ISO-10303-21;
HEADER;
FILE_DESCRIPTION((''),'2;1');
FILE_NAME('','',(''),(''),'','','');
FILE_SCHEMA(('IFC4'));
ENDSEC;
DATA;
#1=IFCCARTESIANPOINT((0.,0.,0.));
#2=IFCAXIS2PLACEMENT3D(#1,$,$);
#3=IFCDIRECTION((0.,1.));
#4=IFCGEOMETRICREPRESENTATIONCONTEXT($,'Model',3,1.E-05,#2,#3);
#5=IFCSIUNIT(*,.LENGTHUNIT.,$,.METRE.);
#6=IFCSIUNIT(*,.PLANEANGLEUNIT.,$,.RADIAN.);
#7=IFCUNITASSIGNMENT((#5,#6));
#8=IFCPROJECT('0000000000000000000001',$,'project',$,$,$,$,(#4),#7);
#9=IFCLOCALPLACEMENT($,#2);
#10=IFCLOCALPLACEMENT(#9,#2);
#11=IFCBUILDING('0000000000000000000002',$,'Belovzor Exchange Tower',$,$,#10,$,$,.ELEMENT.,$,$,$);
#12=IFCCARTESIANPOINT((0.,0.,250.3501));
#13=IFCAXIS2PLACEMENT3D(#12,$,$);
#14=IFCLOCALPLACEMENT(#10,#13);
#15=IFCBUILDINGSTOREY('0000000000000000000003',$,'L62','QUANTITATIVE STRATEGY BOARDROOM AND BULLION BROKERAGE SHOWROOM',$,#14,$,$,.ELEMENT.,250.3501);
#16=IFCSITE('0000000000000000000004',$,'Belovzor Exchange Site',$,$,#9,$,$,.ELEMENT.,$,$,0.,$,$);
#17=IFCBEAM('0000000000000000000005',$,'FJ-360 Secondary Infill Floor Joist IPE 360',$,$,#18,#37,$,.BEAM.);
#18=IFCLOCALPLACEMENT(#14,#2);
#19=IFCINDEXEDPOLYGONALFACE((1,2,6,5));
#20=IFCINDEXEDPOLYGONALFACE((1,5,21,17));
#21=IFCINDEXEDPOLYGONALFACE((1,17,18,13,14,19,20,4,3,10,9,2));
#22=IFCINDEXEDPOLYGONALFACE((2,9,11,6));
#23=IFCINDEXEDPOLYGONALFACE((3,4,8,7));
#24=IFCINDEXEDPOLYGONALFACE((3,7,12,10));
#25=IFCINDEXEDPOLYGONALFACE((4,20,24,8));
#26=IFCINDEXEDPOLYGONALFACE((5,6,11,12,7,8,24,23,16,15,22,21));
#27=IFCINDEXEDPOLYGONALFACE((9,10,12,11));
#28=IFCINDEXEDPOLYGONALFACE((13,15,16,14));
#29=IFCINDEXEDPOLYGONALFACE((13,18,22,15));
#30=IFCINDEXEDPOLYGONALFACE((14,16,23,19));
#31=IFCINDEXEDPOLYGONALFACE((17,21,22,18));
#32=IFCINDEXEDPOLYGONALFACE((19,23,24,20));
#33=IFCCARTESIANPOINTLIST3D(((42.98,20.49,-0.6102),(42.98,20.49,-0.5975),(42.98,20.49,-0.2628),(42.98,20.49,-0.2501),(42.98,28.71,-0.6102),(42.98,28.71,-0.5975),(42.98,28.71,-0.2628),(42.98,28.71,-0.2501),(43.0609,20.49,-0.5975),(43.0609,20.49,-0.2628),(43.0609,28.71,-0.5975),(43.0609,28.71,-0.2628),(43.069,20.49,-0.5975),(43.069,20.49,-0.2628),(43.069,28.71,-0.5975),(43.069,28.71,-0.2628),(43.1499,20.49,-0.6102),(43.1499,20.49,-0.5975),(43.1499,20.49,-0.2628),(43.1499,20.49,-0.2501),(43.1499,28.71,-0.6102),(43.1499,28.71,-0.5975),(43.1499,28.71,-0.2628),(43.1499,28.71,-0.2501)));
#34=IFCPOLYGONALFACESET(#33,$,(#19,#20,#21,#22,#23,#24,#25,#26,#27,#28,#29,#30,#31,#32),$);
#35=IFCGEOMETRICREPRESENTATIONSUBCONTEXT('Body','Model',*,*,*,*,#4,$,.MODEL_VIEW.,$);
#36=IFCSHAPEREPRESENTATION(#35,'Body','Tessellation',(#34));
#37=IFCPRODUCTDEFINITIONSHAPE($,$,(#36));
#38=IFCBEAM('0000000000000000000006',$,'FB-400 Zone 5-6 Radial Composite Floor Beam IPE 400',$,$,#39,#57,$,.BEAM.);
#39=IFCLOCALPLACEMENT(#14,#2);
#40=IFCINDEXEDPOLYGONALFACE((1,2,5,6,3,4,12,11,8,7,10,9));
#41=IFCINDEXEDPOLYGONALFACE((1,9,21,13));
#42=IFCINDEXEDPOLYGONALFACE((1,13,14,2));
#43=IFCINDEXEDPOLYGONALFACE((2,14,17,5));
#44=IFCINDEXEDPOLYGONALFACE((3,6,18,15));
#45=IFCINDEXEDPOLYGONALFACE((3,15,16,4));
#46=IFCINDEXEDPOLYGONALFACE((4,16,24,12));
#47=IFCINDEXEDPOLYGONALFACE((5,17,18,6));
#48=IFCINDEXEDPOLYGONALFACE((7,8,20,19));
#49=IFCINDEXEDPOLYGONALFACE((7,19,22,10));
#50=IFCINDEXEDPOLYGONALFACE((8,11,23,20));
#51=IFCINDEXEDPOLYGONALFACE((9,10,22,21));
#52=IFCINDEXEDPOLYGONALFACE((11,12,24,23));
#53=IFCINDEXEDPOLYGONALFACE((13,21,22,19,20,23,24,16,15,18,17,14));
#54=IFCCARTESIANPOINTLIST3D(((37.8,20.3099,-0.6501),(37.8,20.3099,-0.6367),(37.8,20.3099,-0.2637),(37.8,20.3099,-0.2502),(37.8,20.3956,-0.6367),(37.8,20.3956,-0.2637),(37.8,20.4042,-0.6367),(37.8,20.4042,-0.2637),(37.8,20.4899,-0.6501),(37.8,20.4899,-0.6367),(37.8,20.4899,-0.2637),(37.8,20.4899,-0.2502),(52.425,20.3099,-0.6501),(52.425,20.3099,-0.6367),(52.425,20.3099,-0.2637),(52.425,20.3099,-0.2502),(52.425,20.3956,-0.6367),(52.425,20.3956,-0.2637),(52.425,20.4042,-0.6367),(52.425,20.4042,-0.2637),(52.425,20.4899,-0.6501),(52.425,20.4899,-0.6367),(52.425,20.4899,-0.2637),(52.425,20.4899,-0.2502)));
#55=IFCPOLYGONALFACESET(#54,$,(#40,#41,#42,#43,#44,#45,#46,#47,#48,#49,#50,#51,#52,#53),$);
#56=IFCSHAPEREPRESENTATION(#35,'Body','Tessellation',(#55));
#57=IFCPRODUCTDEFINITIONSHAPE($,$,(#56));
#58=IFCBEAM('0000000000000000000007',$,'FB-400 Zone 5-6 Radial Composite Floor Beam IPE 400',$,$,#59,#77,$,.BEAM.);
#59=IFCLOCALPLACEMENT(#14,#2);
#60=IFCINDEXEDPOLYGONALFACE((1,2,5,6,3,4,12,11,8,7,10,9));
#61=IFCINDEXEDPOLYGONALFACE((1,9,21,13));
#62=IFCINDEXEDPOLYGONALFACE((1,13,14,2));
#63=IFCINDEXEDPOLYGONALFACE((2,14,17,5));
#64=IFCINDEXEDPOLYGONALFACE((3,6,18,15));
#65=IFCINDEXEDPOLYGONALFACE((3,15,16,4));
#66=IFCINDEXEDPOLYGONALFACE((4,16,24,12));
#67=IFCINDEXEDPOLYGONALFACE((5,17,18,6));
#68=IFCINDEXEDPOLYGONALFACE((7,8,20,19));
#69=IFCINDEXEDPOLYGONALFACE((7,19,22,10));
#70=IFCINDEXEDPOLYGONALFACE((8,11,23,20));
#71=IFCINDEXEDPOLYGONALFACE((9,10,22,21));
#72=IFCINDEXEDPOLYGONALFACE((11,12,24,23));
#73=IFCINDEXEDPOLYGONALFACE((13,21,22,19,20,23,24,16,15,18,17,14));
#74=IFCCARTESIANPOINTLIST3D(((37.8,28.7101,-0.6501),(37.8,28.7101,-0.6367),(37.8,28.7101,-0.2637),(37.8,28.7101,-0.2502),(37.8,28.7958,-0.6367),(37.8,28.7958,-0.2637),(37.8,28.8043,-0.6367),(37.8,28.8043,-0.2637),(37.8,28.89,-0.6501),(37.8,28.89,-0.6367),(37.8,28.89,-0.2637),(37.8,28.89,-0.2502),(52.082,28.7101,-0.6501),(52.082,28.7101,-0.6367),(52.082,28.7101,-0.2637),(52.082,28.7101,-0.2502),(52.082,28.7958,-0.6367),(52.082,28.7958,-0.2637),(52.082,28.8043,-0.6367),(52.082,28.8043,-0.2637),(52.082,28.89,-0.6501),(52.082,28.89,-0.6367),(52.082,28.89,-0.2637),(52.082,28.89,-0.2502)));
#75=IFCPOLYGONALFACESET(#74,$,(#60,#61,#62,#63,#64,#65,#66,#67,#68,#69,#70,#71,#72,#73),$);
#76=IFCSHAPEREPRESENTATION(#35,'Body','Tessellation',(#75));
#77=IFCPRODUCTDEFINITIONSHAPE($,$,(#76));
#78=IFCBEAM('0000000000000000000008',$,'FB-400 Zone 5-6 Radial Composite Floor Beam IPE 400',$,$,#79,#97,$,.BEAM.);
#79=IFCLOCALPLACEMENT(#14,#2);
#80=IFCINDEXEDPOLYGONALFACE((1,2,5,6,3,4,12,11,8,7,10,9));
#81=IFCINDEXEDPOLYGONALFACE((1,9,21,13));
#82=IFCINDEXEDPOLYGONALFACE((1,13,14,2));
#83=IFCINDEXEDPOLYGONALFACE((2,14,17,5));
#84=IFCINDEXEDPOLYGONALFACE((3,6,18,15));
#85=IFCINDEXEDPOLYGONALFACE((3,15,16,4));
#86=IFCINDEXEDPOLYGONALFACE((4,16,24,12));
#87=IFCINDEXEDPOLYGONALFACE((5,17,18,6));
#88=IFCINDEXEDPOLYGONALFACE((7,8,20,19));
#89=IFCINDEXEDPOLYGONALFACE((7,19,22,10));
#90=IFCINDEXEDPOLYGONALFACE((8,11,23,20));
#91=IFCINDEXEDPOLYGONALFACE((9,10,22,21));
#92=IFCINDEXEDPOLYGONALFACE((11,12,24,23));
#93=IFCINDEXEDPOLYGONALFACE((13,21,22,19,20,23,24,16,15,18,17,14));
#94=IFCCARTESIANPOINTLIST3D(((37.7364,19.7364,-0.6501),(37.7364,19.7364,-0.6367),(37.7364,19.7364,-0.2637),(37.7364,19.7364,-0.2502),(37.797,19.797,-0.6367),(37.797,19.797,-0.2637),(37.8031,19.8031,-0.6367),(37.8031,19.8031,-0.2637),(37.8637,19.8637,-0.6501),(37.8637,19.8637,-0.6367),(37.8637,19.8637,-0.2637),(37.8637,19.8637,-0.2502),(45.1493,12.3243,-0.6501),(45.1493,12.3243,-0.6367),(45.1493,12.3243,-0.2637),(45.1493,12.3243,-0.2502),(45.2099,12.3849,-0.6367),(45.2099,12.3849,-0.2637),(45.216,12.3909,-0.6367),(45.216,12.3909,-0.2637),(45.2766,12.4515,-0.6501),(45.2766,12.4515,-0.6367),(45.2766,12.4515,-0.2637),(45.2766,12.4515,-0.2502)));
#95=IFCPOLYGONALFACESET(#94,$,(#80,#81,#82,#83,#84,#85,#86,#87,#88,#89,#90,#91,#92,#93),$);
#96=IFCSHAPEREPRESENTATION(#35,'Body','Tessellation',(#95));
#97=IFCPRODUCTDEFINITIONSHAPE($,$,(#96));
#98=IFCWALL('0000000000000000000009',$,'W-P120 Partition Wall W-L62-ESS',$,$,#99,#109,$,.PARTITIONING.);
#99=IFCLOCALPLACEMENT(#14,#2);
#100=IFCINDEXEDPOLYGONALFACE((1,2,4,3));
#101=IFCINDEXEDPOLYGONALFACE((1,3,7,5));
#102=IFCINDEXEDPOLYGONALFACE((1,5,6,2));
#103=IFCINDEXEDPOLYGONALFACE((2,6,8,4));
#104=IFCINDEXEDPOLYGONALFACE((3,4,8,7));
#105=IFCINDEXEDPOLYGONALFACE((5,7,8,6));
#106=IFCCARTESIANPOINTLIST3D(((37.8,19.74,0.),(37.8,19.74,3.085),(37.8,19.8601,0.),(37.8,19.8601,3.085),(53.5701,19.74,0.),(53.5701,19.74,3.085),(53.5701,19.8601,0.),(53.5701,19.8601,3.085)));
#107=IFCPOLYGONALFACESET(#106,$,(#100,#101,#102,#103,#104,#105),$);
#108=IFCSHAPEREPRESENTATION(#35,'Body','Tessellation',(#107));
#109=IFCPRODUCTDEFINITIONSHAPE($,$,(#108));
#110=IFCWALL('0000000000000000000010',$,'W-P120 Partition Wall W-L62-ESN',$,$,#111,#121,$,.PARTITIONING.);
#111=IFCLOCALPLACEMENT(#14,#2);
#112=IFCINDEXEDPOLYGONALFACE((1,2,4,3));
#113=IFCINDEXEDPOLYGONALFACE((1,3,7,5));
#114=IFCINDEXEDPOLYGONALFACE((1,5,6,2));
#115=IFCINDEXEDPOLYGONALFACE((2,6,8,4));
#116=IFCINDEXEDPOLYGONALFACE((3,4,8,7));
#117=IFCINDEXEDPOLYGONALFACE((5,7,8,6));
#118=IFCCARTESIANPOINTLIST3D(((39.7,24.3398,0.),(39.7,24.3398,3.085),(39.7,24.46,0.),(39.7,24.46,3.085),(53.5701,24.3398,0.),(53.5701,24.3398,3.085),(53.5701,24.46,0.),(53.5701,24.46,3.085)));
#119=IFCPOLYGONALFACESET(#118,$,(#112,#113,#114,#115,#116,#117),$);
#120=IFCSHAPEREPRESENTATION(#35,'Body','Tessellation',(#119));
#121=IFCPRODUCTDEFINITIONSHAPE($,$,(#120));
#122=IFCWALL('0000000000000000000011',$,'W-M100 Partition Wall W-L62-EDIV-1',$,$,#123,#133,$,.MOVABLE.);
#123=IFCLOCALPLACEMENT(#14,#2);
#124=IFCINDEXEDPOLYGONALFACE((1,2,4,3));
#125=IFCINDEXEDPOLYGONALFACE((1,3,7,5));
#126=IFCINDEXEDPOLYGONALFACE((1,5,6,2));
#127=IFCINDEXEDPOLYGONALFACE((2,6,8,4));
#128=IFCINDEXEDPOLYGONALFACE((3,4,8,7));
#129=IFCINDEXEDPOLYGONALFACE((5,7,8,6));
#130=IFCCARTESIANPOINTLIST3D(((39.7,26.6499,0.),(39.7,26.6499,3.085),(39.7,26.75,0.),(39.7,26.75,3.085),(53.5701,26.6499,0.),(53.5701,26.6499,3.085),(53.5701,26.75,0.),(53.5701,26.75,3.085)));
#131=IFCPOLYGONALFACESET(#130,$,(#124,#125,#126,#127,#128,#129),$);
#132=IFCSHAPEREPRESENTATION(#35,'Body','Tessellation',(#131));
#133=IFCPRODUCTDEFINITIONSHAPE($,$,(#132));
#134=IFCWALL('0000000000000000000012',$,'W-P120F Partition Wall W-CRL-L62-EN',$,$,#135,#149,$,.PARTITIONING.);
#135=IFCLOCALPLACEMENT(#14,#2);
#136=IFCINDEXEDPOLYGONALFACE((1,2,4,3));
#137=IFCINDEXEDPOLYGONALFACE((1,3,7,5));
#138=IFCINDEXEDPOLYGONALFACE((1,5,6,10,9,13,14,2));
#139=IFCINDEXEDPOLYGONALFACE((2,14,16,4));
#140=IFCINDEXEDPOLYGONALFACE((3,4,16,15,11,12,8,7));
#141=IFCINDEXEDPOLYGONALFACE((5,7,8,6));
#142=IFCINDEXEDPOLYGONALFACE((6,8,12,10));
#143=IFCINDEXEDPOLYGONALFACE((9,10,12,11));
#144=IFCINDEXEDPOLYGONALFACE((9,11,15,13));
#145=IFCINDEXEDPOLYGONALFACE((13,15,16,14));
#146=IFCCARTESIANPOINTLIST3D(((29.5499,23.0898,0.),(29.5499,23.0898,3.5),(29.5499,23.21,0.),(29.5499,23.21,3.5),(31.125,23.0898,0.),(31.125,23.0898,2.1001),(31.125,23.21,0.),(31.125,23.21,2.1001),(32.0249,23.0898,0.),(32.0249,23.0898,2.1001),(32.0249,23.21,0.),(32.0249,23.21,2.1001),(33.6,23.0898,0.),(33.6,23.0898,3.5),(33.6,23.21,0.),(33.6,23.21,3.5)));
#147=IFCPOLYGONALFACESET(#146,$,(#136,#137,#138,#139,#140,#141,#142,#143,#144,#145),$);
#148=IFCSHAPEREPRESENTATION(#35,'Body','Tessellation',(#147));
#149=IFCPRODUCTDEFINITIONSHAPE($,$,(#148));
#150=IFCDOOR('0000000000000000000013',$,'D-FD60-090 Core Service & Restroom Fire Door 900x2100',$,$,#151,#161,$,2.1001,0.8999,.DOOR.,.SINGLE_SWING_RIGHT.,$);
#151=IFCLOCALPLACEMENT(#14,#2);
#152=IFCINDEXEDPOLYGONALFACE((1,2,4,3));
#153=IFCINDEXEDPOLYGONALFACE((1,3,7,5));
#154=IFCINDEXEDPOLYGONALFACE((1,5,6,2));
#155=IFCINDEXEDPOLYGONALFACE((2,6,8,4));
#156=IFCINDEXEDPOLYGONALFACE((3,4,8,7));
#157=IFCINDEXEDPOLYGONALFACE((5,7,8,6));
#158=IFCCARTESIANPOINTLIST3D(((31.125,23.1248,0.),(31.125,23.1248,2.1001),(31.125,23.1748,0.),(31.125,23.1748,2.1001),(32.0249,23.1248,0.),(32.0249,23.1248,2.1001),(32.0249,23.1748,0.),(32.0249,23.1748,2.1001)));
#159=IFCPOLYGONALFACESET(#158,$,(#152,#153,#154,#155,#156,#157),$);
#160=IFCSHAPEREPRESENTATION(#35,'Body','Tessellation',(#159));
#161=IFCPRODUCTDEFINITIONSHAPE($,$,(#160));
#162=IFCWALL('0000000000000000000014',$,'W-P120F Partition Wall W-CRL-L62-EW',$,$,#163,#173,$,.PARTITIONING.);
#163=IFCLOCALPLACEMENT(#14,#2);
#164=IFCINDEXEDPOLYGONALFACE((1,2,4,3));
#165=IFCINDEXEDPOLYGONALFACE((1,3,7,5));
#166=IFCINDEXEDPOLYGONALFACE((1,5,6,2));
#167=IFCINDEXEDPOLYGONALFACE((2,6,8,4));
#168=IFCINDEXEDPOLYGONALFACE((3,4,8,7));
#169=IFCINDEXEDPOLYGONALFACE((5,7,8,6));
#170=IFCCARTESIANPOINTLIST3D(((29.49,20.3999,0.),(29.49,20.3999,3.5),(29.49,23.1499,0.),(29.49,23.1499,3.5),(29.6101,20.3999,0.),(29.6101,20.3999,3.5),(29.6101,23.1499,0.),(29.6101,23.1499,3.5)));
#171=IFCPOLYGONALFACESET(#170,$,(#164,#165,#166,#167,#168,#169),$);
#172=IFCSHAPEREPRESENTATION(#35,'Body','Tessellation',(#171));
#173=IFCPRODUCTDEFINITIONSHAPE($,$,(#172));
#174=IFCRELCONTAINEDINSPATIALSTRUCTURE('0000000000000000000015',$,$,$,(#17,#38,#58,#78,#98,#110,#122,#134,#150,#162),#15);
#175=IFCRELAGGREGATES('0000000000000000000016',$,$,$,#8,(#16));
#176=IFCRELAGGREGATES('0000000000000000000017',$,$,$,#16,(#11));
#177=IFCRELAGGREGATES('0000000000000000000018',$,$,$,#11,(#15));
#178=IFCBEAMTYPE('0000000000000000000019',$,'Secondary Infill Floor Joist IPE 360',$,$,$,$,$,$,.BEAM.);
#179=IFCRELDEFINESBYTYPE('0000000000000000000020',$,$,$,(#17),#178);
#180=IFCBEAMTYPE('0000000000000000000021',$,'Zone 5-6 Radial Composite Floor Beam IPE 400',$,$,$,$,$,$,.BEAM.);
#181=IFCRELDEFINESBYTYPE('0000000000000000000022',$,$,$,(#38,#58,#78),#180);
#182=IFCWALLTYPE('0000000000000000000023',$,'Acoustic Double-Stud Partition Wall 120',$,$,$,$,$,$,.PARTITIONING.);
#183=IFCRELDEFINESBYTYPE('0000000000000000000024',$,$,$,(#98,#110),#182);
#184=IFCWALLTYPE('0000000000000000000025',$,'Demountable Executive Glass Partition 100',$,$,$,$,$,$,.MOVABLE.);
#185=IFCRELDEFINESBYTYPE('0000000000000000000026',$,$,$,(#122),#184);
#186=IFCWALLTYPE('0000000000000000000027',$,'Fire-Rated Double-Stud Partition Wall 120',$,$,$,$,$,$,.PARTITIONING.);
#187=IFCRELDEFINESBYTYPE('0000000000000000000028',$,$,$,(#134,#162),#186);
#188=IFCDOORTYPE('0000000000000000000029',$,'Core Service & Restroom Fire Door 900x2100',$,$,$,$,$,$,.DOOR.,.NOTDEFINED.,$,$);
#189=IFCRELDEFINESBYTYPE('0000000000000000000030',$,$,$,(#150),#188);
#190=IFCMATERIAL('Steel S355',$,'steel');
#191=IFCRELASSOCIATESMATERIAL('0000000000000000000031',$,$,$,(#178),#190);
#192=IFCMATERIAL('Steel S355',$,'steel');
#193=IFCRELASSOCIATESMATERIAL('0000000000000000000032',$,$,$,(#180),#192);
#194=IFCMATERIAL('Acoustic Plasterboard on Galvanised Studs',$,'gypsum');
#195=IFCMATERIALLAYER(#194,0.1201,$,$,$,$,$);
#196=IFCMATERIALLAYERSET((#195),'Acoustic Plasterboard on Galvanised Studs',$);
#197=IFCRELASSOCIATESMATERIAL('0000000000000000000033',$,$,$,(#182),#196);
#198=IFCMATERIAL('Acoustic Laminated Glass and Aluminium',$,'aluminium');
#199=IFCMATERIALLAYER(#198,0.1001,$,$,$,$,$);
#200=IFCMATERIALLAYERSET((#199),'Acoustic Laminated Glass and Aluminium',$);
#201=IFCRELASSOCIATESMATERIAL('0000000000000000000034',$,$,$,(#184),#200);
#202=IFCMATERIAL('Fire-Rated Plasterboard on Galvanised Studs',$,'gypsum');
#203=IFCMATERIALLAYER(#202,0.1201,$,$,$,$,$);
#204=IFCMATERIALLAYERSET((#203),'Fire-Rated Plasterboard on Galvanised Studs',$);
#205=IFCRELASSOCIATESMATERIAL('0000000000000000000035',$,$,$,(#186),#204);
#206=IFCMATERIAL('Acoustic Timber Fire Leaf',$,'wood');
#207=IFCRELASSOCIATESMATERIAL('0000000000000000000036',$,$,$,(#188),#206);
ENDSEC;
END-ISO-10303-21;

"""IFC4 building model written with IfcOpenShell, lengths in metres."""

from ifc_helpers import new_model, si_unit, direction, frame, frame_2d, origin, origin_2d, place, context, subcontext, project, spatial, rectangle, i_section, extrude, material, layer, layer_set, material_profile, profile_set, type_object, element, fill, save


model = new_model("IFC4")

# Units and contexts
model_context = context("Model", 3, precision=1e-05, world=origin(), true_north=direction((0.0, 1.0)))
body_context = subcontext(model_context, "Body", "Model", "MODEL_VIEW")
ifc_project = project(units=[si_unit("LENGTHUNIT", "METRE"), si_unit("PLANEANGLEUNIT", "RADIAN")], contexts=[model_context])

# Site, building, storey
site_placement = place(None, origin())
site = spatial("IfcSite", under=ifc_project, at=site_placement, Name="Belovzor Exchange Site", CompositionType="ELEMENT", RefElevation=0.0)
building_placement = place(site_placement, origin())
building = spatial("IfcBuilding", under=site, at=building_placement, Name="Belovzor Exchange Tower", CompositionType="ELEMENT")
storey_placement = place(building_placement, frame((0.0, 0.0, 250.3501)))
storey = spatial("IfcBuildingStorey", under=building, at=storey_placement, Name="L62", Description="QUANTITATIVE STRATEGY BOARDROOM AND BULLION BROKERAGE SHOWROOM", CompositionType="ELEMENT", Elevation=250.3501)

# Beams
ifc_material_1 = material(Name="Steel S355", Category="steel")
ifc_material_profile_1 = material_profile(ifc_material_1, i_section(OverallWidth=0.1699, OverallDepth=0.3601, WebThickness=0.0081, FlangeThickness=0.0127, at=origin_2d()))
ifc_profile_set_1 = profile_set([ifc_material_profile_1], Name="Steel S355")
beam_type_1 = type_object("IfcBeamType", Name="Secondary Infill Floor Joist IPE 360", PredefinedType="BEAM", material=ifc_profile_set_1)
beam_1_placement = place(storey_placement, frame((43.0649, 20.49, -0.4302), z_axis=(0.0, 1.0, 0.0), x_axis=(-1.0, 0.0, 0.0)))
element("IfcBeam", 1, at=beam_1_placement, inside=storey, type_object=beam_type_1, Name="FJ-360 Secondary Infill Floor Joist IPE 360", PredefinedType="BEAM", context=body_context, shape_type="SweptSolid", body=[
    extrude(i_section(OverallWidth=0.1699, OverallDepth=0.3601, WebThickness=0.0081, FlangeThickness=0.0127, at=origin_2d()), origin(), (0.0, 0.0, 1.0), 8.22),
])
ifc_material_2 = material(Name="Steel S355", Category="steel")
ifc_material_profile_2 = material_profile(ifc_material_2, i_section(OverallWidth=0.1799, OverallDepth=0.3999, WebThickness=0.0085, FlangeThickness=0.0134, at=origin_2d()))
ifc_profile_set_2 = profile_set([ifc_material_profile_2], Name="Steel S355")
beam_type_2 = type_object("IfcBeamType", Name="Zone 5-6 Radial Composite Floor Beam IPE 400", PredefinedType="BEAM", material=ifc_profile_set_2)
beam_2_placement = place(storey_placement, frame((37.8, 20.3999, -0.4502), z_axis=(1.0, 0.0, 0.0), x_axis=(0.0, 1.0, 0.0)))
element("IfcBeam", 2, at=beam_2_placement, inside=storey, type_object=beam_type_2, Name="FB-400 Zone 5-6 Radial Composite Floor Beam IPE 400", PredefinedType="BEAM", context=body_context, shape_type="SweptSolid", body=[
    extrude(i_section(OverallWidth=0.1799, OverallDepth=0.3999, WebThickness=0.0085, FlangeThickness=0.0134, at=origin_2d()), origin(), (0.0, 0.0, 1.0), 14.625),
])
beam_3_placement = place(storey_placement, frame((37.8, 28.8, -0.4502), z_axis=(1.0, 0.0, 0.0), x_axis=(0.0, 1.0, 0.0)))
element("IfcBeam", 3, at=beam_3_placement, inside=storey, type_object=beam_type_2, Name="FB-400 Zone 5-6 Radial Composite Floor Beam IPE 400", PredefinedType="BEAM", context=body_context, shape_type="SweptSolid", body=[
    extrude(i_section(OverallWidth=0.1799, OverallDepth=0.3999, WebThickness=0.0085, FlangeThickness=0.0134, at=origin_2d()), origin(), (0.0, 0.0, 1.0), 14.282),
])
beam_4_placement = place(storey_placement, frame((37.8, 19.8, -0.4502), z_axis=(0.707142, -0.707072, 0.0), x_axis=(0.707072, 0.707142, 0.0)))
element("IfcBeam", 4, at=beam_4_placement, inside=storey, type_object=beam_type_2, Name="FB-400 Zone 5-6 Radial Composite Floor Beam IPE 400", PredefinedType="BEAM", context=body_context, shape_type="SweptSolid", body=[
    extrude(i_section(OverallWidth=0.1799, OverallDepth=0.3999, WebThickness=0.0085, FlangeThickness=0.0134, at=origin_2d()), origin(), (0.0, 0.0, 1.0), 10.4829),
])

# Walls
ifc_material_3 = material(Name="Acoustic Plasterboard on Galvanised Studs", Category="gypsum")
ifc_layer_1 = layer(ifc_material_3, 0.1201)
ifc_layer_set_1 = layer_set([ifc_layer_1], Name="Acoustic Plasterboard on Galvanised Studs")
wall_type_1 = type_object("IfcWallType", Name="Acoustic Double-Stud Partition Wall 120", PredefinedType="PARTITIONING", material=ifc_layer_set_1)
wall_1_placement = place(storey_placement, frame((37.8, 19.8, 0.0), z_axis=(0.0, 0.0, 1.0), x_axis=(1.0, 0.0, 0.0)))
element("IfcWall", 5, at=wall_1_placement, inside=storey, type_object=wall_type_1, Name="W-P120 Partition Wall W-L62-ESS", PredefinedType="PARTITIONING", context=body_context, shape_type="SweptSolid", body=[
    extrude(rectangle(XDim=15.77, YDim=0.1201, at=frame_2d((7.885, 0.0))), origin(), (0.0, 0.0, 1.0), 3.085),
])
wall_2_placement = place(storey_placement, frame((39.7, 24.3999, 0.0), z_axis=(0.0, 0.0, 1.0), x_axis=(1.0, 0.0, 0.0)))
element("IfcWall", 6, at=wall_2_placement, inside=storey, type_object=wall_type_1, Name="W-P120 Partition Wall W-L62-ESN", PredefinedType="PARTITIONING", context=body_context, shape_type="SweptSolid", body=[
    extrude(rectangle(XDim=13.8701, YDim=0.1201, at=frame_2d((6.9351, 0.0))), origin(), (0.0, 0.0, 1.0), 3.085),
])
ifc_material_4 = material(Name="Acoustic Laminated Glass and Aluminium", Category="aluminium")
ifc_layer_2 = layer(ifc_material_4, 0.1001)
ifc_layer_set_2 = layer_set([ifc_layer_2], Name="Acoustic Laminated Glass and Aluminium")
wall_type_2 = type_object("IfcWallType", Name="Demountable Executive Glass Partition 100", PredefinedType="MOVABLE", material=ifc_layer_set_2)
wall_3_placement = place(storey_placement, frame((39.7, 26.7, 0.0), z_axis=(0.0, 0.0, 1.0), x_axis=(1.0, 0.0, 0.0)))
element("IfcWall", 7, at=wall_3_placement, inside=storey, type_object=wall_type_2, Name="W-M100 Partition Wall W-L62-EDIV-1", PredefinedType="MOVABLE", context=body_context, shape_type="SweptSolid", body=[
    extrude(rectangle(XDim=13.8701, YDim=0.1001, at=frame_2d((6.9351, 0.0))), origin(), (0.0, 0.0, 1.0), 3.085),
])

# Wall, opening, door
ifc_material_5 = material(Name="Fire-Rated Plasterboard on Galvanised Studs", Category="gypsum")
ifc_layer_3 = layer(ifc_material_5, 0.1201)
ifc_layer_set_3 = layer_set([ifc_layer_3], Name="Fire-Rated Plasterboard on Galvanised Studs")
wall_type_3 = type_object("IfcWallType", Name="Fire-Rated Double-Stud Partition Wall 120", PredefinedType="PARTITIONING", material=ifc_layer_set_3)
wall_4_placement = place(storey_placement, frame((29.55, 23.1499, 0.0), z_axis=(0.0, 0.0, 1.0), x_axis=(1.0, 0.0, 0.0)))
wall_4 = element("IfcWall", 8, at=wall_4_placement, inside=storey, type_object=wall_type_3, Name="W-P120F Partition Wall W-CRL-L62-EN", PredefinedType="PARTITIONING", context=body_context, shape_type="SweptSolid", body=[
    extrude(rectangle(XDim=4.05, YDim=0.1201, at=frame_2d((2.0249, 0.0))), origin(), (0.0, 0.0, 1.0), 3.5),
])
opening_1_placement = place(wall_4_placement, frame((1.575, 0.0, 0.0)))
opening_1 = element("IfcOpeningElement", 9, at=opening_1_placement, cuts=wall_4, PredefinedType="OPENING", context=body_context, shape_type="SweptSolid", body=[
    extrude(rectangle(XDim=0.8999, YDim=2.1001, at=frame_2d((0.45, 1.05))), frame((0.0, 0.0701, 0.0), z_axis=(0.0, -1.0, 0.0), x_axis=(1.0, 0.0, 0.0)), (0.0, 0.0, 1.0), 0.1401),
])
ifc_material_6 = material(Name="Acoustic Timber Fire Leaf", Category="wood")
door_type_1 = type_object("IfcDoorType", Name="Core Service & Restroom Fire Door 900x2100", OperationType="NOTDEFINED", PredefinedType="DOOR", material=ifc_material_6)
door_1_placement = place(opening_1_placement, origin())
door_1 = element("IfcDoor", 10, at=door_1_placement, inside=storey, type_object=door_type_1, Name="D-FD60-090 Core Service & Restroom Fire Door 900x2100", OperationType="SINGLE_SWING_RIGHT", OverallHeight=2.1001, OverallWidth=0.8999, PredefinedType="DOOR", context=body_context, shape_type="SweptSolid", body=[
    extrude(rectangle(XDim=0.8999, YDim=2.1001, at=frame_2d((0.45, 1.05))), frame((0.0, 0.0249, 0.0), z_axis=(0.0, -1.0, 0.0), x_axis=(1.0, 0.0, 0.0)), (0.0, 0.0, 1.0), 0.05),
])
fill(opening_1, door_1)

# Wall
wall_5_placement = place(storey_placement, frame((29.55, 20.3999, 0.0), z_axis=(0.0, 0.0, 1.0), x_axis=(0.0, 1.0, 0.0)))
element("IfcWall", 11, at=wall_5_placement, inside=storey, type_object=wall_type_3, Name="W-P120F Partition Wall W-CRL-L62-EW", PredefinedType="PARTITIONING", context=body_context, shape_type="SweptSolid", body=[
    extrude(rectangle(XDim=2.75, YDim=0.1201, at=frame_2d((1.375, 0.0))), origin(), (0.0, 0.0, 1.0), 3.5),
])

save(model, "model.ifc")
